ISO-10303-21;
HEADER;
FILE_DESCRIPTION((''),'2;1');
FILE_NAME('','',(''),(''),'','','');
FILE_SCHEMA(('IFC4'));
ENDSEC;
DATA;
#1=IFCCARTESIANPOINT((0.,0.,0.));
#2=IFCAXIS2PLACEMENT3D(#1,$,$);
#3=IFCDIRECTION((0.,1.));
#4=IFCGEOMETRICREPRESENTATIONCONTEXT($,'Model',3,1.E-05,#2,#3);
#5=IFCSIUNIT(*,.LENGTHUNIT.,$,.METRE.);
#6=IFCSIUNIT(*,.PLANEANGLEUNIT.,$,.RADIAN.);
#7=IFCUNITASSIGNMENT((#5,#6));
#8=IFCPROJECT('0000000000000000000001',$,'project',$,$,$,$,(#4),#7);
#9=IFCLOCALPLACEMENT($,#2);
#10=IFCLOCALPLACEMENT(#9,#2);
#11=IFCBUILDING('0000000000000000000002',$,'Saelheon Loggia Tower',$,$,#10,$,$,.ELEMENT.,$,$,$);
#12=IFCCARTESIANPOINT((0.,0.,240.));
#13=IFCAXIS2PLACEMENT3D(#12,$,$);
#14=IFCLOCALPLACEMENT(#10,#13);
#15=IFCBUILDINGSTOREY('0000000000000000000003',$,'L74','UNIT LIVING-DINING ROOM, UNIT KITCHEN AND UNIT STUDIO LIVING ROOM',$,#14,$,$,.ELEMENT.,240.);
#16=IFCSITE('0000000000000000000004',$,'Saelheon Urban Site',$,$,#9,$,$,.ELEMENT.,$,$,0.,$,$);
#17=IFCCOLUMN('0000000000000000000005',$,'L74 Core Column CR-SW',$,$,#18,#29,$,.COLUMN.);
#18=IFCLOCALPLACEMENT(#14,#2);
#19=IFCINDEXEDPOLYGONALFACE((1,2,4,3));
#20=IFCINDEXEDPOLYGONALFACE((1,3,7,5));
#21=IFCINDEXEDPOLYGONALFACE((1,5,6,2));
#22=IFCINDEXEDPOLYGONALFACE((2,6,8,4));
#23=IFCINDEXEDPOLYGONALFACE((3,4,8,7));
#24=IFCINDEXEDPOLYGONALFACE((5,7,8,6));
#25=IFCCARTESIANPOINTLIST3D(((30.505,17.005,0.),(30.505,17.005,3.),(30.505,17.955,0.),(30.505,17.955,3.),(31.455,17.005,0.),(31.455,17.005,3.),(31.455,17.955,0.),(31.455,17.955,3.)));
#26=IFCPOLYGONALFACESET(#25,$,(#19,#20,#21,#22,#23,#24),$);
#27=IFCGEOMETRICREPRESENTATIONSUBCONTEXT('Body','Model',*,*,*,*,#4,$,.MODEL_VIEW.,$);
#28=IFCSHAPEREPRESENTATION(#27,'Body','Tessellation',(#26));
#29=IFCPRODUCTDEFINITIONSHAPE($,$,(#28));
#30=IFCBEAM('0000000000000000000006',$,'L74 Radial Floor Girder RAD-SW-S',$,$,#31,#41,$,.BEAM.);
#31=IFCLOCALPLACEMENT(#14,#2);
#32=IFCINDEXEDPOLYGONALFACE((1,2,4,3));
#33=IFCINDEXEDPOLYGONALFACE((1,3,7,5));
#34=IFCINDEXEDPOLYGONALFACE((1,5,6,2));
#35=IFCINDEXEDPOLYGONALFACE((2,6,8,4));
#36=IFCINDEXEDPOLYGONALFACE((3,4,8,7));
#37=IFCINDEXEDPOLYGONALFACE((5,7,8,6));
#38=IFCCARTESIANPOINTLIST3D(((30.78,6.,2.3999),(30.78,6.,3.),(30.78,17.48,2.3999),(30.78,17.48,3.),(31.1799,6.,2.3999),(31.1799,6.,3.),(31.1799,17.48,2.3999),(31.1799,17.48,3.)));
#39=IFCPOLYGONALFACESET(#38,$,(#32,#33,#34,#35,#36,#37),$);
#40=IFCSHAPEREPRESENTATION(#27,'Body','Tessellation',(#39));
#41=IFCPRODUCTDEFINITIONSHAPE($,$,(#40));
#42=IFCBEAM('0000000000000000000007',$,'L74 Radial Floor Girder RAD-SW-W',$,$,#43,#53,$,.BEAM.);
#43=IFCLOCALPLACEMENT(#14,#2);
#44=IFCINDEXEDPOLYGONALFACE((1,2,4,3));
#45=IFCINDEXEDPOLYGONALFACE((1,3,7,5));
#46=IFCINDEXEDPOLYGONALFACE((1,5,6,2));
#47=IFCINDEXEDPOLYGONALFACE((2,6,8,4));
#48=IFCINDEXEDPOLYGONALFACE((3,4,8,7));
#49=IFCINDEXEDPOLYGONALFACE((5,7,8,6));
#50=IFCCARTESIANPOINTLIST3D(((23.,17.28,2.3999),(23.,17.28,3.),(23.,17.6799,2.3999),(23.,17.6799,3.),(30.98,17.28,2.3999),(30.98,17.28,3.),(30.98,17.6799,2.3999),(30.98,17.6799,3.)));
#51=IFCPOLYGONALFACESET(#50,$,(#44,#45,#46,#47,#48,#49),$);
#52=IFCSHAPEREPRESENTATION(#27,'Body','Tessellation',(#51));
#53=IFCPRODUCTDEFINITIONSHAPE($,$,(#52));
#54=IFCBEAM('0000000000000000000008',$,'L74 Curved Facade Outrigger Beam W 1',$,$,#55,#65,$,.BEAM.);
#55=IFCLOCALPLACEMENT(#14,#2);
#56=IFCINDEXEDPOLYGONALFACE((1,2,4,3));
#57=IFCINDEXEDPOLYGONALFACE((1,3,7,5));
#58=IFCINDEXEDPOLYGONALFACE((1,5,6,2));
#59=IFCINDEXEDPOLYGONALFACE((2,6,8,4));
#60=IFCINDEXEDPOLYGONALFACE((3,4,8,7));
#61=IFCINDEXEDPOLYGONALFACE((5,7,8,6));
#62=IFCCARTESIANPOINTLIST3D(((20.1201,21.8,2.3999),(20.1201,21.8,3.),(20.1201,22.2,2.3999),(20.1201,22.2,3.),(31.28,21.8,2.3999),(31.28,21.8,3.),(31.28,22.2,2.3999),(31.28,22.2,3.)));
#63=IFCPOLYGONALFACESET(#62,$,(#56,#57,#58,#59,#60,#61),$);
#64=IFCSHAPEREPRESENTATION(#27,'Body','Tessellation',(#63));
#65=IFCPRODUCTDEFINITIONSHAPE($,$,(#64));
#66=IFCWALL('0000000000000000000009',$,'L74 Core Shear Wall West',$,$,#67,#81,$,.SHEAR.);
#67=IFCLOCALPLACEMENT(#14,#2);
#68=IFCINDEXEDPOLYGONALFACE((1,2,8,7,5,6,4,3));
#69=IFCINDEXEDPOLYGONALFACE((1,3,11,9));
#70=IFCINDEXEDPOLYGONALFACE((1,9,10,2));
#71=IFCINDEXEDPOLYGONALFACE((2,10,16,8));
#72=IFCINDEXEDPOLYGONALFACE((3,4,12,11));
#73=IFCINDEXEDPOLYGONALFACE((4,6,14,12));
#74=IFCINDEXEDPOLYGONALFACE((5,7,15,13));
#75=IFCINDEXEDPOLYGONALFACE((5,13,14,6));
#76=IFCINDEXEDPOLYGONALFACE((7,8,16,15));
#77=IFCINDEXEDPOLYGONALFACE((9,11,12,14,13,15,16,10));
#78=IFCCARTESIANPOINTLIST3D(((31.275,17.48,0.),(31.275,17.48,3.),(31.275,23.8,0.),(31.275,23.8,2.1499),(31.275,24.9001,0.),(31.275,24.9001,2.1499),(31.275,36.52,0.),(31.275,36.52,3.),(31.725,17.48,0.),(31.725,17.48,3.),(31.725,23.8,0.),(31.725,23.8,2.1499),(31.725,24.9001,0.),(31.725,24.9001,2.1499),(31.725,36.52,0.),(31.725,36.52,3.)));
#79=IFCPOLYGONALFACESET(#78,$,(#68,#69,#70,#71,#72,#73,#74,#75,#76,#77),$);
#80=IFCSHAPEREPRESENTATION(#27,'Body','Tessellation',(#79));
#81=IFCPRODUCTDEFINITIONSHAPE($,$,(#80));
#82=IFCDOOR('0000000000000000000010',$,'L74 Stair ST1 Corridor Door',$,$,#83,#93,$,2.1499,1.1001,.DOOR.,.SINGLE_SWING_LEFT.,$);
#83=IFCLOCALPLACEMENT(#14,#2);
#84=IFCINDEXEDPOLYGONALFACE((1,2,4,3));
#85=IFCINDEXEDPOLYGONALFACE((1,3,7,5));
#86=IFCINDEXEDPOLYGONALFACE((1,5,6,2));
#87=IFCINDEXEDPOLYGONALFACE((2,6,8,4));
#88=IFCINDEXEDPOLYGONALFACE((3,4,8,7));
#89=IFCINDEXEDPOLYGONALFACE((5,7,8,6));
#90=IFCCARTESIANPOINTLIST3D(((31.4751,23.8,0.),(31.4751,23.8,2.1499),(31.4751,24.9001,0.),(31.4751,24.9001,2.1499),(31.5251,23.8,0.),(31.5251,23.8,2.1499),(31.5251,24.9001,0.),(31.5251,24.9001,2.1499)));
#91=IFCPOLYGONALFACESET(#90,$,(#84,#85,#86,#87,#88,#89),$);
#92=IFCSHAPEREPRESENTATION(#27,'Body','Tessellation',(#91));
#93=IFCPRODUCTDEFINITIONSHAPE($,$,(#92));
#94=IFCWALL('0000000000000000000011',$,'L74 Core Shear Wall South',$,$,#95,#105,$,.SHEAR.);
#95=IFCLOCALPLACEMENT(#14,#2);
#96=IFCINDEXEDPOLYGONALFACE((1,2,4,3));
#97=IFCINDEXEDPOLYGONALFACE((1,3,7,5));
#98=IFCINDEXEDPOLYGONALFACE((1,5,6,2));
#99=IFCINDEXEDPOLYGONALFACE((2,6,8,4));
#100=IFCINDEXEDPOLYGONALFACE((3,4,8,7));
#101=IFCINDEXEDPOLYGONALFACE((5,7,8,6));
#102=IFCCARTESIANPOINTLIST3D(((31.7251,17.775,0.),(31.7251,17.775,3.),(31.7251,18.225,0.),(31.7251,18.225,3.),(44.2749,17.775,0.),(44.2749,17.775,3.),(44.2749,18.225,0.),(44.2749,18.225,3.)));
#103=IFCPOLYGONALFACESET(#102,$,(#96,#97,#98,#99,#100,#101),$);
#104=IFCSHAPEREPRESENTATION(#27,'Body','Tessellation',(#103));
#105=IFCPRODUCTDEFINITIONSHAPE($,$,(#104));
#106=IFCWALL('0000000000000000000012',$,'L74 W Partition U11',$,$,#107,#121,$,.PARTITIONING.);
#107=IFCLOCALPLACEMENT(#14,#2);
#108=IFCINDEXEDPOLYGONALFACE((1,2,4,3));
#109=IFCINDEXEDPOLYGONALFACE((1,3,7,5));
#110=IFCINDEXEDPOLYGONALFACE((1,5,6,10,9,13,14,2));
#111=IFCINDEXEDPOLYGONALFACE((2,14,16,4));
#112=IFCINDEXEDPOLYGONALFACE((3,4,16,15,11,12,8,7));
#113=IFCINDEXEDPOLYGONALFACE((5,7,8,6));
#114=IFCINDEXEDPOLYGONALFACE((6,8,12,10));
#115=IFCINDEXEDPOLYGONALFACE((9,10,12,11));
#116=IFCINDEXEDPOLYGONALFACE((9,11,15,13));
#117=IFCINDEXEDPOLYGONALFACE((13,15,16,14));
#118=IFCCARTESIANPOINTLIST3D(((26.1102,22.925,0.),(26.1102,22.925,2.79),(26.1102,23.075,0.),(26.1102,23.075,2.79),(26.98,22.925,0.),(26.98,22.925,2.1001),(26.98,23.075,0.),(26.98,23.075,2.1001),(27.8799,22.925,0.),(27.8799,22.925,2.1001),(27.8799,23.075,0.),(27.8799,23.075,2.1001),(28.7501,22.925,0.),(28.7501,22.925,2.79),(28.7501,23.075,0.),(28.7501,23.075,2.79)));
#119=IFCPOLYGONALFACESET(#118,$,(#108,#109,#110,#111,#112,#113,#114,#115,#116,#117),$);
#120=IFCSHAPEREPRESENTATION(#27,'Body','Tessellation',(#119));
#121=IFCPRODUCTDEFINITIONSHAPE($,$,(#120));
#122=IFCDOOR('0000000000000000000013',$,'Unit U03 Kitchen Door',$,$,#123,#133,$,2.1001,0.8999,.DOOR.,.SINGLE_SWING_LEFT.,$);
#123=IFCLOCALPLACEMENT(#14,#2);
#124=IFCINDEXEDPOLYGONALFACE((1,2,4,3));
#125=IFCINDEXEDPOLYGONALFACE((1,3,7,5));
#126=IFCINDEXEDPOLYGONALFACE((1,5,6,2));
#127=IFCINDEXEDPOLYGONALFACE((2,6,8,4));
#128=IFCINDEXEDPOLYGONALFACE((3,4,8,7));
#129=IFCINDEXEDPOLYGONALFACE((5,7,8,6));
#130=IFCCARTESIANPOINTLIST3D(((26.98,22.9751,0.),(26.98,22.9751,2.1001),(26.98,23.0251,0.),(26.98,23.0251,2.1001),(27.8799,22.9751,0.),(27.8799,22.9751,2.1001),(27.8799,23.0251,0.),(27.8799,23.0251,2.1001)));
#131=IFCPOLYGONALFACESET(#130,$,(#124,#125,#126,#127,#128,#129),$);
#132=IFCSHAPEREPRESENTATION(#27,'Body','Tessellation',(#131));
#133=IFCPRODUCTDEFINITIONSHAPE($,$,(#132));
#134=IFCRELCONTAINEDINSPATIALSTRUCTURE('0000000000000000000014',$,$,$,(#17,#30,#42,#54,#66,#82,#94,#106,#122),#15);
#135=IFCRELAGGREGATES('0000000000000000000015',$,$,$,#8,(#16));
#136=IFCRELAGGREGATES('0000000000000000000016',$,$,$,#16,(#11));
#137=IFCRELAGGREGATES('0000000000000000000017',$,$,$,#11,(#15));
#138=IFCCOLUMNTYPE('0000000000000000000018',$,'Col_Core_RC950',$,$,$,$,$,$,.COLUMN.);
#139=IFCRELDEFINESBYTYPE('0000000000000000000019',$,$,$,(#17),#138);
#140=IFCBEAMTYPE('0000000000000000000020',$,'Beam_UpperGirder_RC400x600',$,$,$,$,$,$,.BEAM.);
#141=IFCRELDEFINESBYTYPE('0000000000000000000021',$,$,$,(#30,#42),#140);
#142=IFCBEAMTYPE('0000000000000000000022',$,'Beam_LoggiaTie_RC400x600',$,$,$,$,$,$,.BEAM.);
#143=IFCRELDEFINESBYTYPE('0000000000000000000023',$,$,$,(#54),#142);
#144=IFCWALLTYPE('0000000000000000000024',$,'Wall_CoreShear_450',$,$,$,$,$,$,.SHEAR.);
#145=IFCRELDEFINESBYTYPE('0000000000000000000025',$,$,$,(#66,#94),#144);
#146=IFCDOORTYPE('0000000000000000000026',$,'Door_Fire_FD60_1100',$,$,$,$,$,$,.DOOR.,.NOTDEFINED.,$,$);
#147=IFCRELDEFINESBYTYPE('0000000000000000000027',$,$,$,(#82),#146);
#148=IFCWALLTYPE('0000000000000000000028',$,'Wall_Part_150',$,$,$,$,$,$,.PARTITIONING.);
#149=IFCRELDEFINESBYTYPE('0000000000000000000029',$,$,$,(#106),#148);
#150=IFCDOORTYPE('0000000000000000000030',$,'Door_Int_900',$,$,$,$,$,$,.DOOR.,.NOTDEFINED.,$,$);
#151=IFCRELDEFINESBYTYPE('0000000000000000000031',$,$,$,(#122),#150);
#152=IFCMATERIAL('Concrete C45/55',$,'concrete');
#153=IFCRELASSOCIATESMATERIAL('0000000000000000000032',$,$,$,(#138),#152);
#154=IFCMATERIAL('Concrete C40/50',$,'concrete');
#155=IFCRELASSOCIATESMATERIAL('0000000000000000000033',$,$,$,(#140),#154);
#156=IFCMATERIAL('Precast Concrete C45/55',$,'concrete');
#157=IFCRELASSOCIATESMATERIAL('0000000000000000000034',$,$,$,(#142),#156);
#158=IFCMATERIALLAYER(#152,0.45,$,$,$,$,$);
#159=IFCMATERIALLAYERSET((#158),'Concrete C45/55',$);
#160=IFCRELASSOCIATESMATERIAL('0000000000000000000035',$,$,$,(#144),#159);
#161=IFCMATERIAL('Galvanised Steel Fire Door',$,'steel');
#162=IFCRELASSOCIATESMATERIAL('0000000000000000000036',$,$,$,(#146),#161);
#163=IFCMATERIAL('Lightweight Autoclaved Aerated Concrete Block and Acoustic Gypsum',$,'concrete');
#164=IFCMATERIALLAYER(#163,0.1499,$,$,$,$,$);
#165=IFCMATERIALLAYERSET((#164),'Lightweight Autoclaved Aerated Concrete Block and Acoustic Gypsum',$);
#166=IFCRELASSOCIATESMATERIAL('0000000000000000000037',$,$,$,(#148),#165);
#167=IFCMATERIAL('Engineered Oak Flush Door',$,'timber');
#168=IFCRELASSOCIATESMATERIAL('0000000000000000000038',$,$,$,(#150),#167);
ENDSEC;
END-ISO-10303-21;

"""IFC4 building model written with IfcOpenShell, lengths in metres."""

from ifc_helpers import new_model, si_unit, direction, frame, frame_2d, origin, origin_2d, place, context, subcontext, project, spatial, rectangle, extrude, source, transform, mapped, material, layer, layer_set, material_profile, profile_set, type_object, element, fill, save


model = new_model("IFC4")

# Units and contexts
model_context = context("Model", 3, precision=1e-05, world=origin(), true_north=direction((0.0, 1.0)))
body_context = subcontext(model_context, "Body", "Model", "MODEL_VIEW")
ifc_project = project(units=[si_unit("LENGTHUNIT", "METRE"), si_unit("PLANEANGLEUNIT", "RADIAN")], contexts=[model_context])

# Site, building, storey
site_placement = place(None, origin())
site = spatial("IfcSite", under=ifc_project, at=site_placement, Name="Saelheon Urban Site", CompositionType="ELEMENT", RefElevation=0.0)
building_placement = place(site_placement, origin())
building = spatial("IfcBuilding", under=site, at=building_placement, Name="Saelheon Loggia Tower", CompositionType="ELEMENT")
storey_placement = place(building_placement, frame((0.0, 0.0, 240.0)))
storey = spatial("IfcBuildingStorey", under=building, at=storey_placement, Name="L74", Description="UNIT LIVING-DINING ROOM, UNIT KITCHEN AND UNIT STUDIO LIVING ROOM", CompositionType="ELEMENT", Elevation=240.0)

# Column
ifc_material_1 = material(Name="Concrete C45/55", Category="concrete")
ifc_material_profile_1 = material_profile(ifc_material_1, rectangle(XDim=0.95, YDim=0.95, at=origin_2d()), Name="RC-950x950")
ifc_profile_set_1 = profile_set([ifc_material_profile_1], Name="Concrete C45/55")
column_type = type_object("IfcColumnType", Name="Col_Core_RC950", PredefinedType="COLUMN", material=ifc_profile_set_1)
shared_shape_1 = source(origin(), body_context, "Body", "SweptSolid", [
    extrude(rectangle(XDim=0.95, YDim=0.95, at=origin_2d()), origin(), (0.0, 0.0, 1.0), 3.0),
])
column_placement = place(storey_placement, frame((30.98, 17.48, 0.0), z_axis=(0.0, 0.0, 1.0), x_axis=(1.0, 0.0, 0.0)))
element("IfcColumn", 1, at=column_placement, inside=storey, type_object=column_type, Name="L74 Core Column CR-SW", PredefinedType="COLUMN", context=body_context, shape_type="MappedRepresentation", body=[
    mapped(shared_shape_1, transform((0.0, 0.0, 0.0), scale=1.0)),
])

# Beams
ifc_material_2 = material(Name="Concrete C40/50", Category="concrete")
ifc_material_profile_2 = material_profile(ifc_material_2, rectangle(XDim=0.3999, YDim=0.6001, at=origin_2d()), Name="RC-400x600")
ifc_profile_set_2 = profile_set([ifc_material_profile_2], Name="Concrete C40/50")
beam_type_1 = type_object("IfcBeamType", Name="Beam_UpperGirder_RC400x600", PredefinedType="BEAM", material=ifc_profile_set_2)
shared_shape_2 = source(origin(), body_context, "Body", "SweptSolid", [
    extrude(rectangle(XDim=0.3999, YDim=0.6001, at=origin_2d()), origin(), (0.0, 0.0, 1.0), 11.48),
])
beam_1_placement = place(storey_placement, frame((30.98, 17.48, 2.7), z_axis=(0.0, -1.0, 0.0), x_axis=(1.0, 0.0, 0.0)))
element("IfcBeam", 2, at=beam_1_placement, inside=storey, type_object=beam_type_1, Name="L74 Radial Floor Girder RAD-SW-S", PredefinedType="BEAM", context=body_context, shape_type="MappedRepresentation", body=[
    mapped(shared_shape_2, transform((0.0, 0.0, 0.0), scale=1.0)),
])
shared_shape_3 = source(origin(), body_context, "Body", "SweptSolid", [
    extrude(rectangle(XDim=0.3999, YDim=0.6001, at=origin_2d()), origin(), (0.0, 0.0, 1.0), 7.98),
])
beam_2_placement = place(storey_placement, frame((30.98, 17.48, 2.7), z_axis=(-1.0, 0.0, 0.0), x_axis=(0.0, -1.0, 0.0)))
element("IfcBeam", 3, at=beam_2_placement, inside=storey, type_object=beam_type_1, Name="L74 Radial Floor Girder RAD-SW-W", PredefinedType="BEAM", context=body_context, shape_type="MappedRepresentation", body=[
    mapped(shared_shape_3, transform((0.0, 0.0, 0.0), scale=1.0)),
])
ifc_material_3 = material(Name="Precast Concrete C45/55", Category="concrete")
ifc_material_profile_3 = material_profile(ifc_material_3, rectangle(XDim=0.3999, YDim=0.6001, at=origin_2d()), Name="RC-400x600")
ifc_profile_set_3 = profile_set([ifc_material_profile_3], Name="Precast Concrete C45/55")
beam_type_2 = type_object("IfcBeamType", Name="Beam_LoggiaTie_RC400x600", PredefinedType="BEAM", material=ifc_profile_set_3)
shared_shape_4 = source(origin(), body_context, "Body", "SweptSolid", [
    extrude(rectangle(XDim=0.3999, YDim=0.6001, at=origin_2d()), origin(), (0.0, 0.0, 1.0), 11.1599),
])
beam_3_placement = place(storey_placement, frame((31.28, 22.0, 2.7), z_axis=(-1.0, 0.0, 0.0), x_axis=(0.0, -1.0, 0.0)))
element("IfcBeam", 4, at=beam_3_placement, inside=storey, type_object=beam_type_2, Name="L74 Curved Facade Outrigger Beam W 1", PredefinedType="BEAM", context=body_context, shape_type="MappedRepresentation", body=[
    mapped(shared_shape_4, transform((0.0, 0.0, 0.0), scale=1.0)),
])

# Wall, opening, door
ifc_layer_1 = layer(ifc_material_1, 0.45)
ifc_layer_set_1 = layer_set([ifc_layer_1], Name="Concrete C45/55")
wall_type_1 = type_object("IfcWallType", Name="Wall_CoreShear_450", PredefinedType="SHEAR", material=ifc_layer_set_1)
wall_1_placement = place(storey_placement, frame((31.5, 17.48, 0.0), z_axis=(0.0, 0.0, 1.0), x_axis=(0.0, 1.0, 0.0)))
wall_1 = element("IfcWall", 5, at=wall_1_placement, inside=storey, type_object=wall_type_1, Name="L74 Core Shear Wall West", PredefinedType="SHEAR", context=body_context, shape_type="SweptSolid", body=[
    extrude(rectangle(XDim=19.04, YDim=0.45, at=frame_2d((9.52, 0.0))), origin(), (0.0, 0.0, 1.0), 3.0),
])
opening_1_placement = place(wall_1_placement, frame((6.3201, 0.0, 0.0)))
opening_1 = element("IfcOpeningElement", 6, at=opening_1_placement, cuts=wall_1, PredefinedType="OPENING", context=body_context, shape_type="SweptSolid", body=[
    extrude(rectangle(XDim=1.1001, YDim=2.1499, at=frame_2d((0.55, 1.075))), frame((0.0, 0.2371, 0.0), z_axis=(0.0, -1.0, 0.0), x_axis=(1.0, 0.0, 0.0)), (0.0, 0.0, 1.0), 0.4739),
])
ifc_material_4 = material(Name="Galvanised Steel Fire Door", Category="steel")
door_type_1 = type_object("IfcDoorType", Name="Door_Fire_FD60_1100", OperationType="NOTDEFINED", PredefinedType="DOOR", material=ifc_material_4)
shared_shape_5 = source(origin(), body_context, "Body", "SweptSolid", [
    extrude(rectangle(XDim=1.1001, YDim=2.1499, at=frame_2d((0.55, 1.075))), frame((0.0, 0.0249, 0.0), z_axis=(0.0, -1.0, 0.0), x_axis=(1.0, 0.0, 0.0)), (0.0, 0.0, 1.0), 0.05),
])
door_1_placement = place(opening_1_placement, origin())
door_1 = element("IfcDoor", 7, at=door_1_placement, inside=storey, type_object=door_type_1, Name="L74 Stair ST1 Corridor Door", OperationType="SINGLE_SWING_LEFT", OverallHeight=2.1499, OverallWidth=1.1001, PredefinedType="DOOR", context=body_context, shape_type="MappedRepresentation", body=[
    mapped(shared_shape_5, transform((0.0, 0.0, 0.0), scale=1.0)),
])
fill(opening_1, door_1)

# Wall
wall_2_placement = place(storey_placement, frame((31.7251, 18.0, 0.0), z_axis=(0.0, 0.0, 1.0), x_axis=(1.0, 0.0, 0.0)))
element("IfcWall", 8, at=wall_2_placement, inside=storey, type_object=wall_type_1, Name="L74 Core Shear Wall South", PredefinedType="SHEAR", context=body_context, shape_type="SweptSolid", body=[
    extrude(rectangle(XDim=12.5498, YDim=0.45, at=frame_2d((6.2749, 0.0))), origin(), (0.0, 0.0, 1.0), 3.0),
])

# Wall, opening, door
ifc_material_5 = material(Name="Lightweight Autoclaved Aerated Concrete Block and Acoustic Gypsum", Category="concrete")
ifc_layer_2 = layer(ifc_material_5, 0.1499)
ifc_layer_set_2 = layer_set([ifc_layer_2], Name="Lightweight Autoclaved Aerated Concrete Block and Acoustic Gypsum")
wall_type_2 = type_object("IfcWallType", Name="Wall_Part_150", PredefinedType="PARTITIONING", material=ifc_layer_set_2)
wall_3_placement = place(storey_placement, frame((28.75, 23.0, 0.0), z_axis=(0.0, 0.0, 1.0), x_axis=(-1.0, 0.0, 0.0)))
wall_3 = element("IfcWall", 9, at=wall_3_placement, inside=storey, type_object=wall_type_2, Name="L74 W Partition U11", PredefinedType="PARTITIONING", context=body_context, shape_type="SweptSolid", body=[
    extrude(rectangle(XDim=2.6399, YDim=0.1499, at=frame_2d((1.3198, 0.0))), origin(), (0.0, 0.0, 1.0), 2.79),
])
opening_2_placement = place(wall_3_placement, frame((0.8701, 0.0, 0.0)))
opening_2 = element("IfcOpeningElement", 10, at=opening_2_placement, cuts=wall_3, PredefinedType="OPENING", context=body_context, shape_type="SweptSolid", body=[
    extrude(rectangle(XDim=0.8999, YDim=2.1001, at=frame_2d((0.45, 1.05))), frame((0.0, 0.0869, 0.0), z_axis=(0.0, -1.0, 0.0), x_axis=(1.0, 0.0, 0.0)), (0.0, 0.0, 1.0), 0.1738),
])
ifc_material_6 = material(Name="Engineered Oak Flush Door", Category="timber")
door_type_2 = type_object("IfcDoorType", Name="Door_Int_900", OperationType="NOTDEFINED", PredefinedType="DOOR", material=ifc_material_6)
shared_shape_6 = source(origin(), body_context, "Body", "SweptSolid", [
    extrude(rectangle(XDim=0.8999, YDim=2.1001, at=frame_2d((0.45, 1.05))), frame((0.0, 0.0249, 0.0), z_axis=(0.0, -1.0, 0.0), x_axis=(1.0, 0.0, 0.0)), (0.0, 0.0, 1.0), 0.05),
])
door_2_placement = place(opening_2_placement, origin())
door_2 = element("IfcDoor", 11, at=door_2_placement, inside=storey, type_object=door_type_2, Name="Unit U03 Kitchen Door", OperationType="SINGLE_SWING_LEFT", OverallHeight=2.1001, OverallWidth=0.8999, PredefinedType="DOOR", context=body_context, shape_type="MappedRepresentation", body=[
    mapped(shared_shape_6, transform((0.0, 0.0, 0.0), scale=1.0)),
])
fill(opening_2, door_2)

save(model, "model.ifc")
